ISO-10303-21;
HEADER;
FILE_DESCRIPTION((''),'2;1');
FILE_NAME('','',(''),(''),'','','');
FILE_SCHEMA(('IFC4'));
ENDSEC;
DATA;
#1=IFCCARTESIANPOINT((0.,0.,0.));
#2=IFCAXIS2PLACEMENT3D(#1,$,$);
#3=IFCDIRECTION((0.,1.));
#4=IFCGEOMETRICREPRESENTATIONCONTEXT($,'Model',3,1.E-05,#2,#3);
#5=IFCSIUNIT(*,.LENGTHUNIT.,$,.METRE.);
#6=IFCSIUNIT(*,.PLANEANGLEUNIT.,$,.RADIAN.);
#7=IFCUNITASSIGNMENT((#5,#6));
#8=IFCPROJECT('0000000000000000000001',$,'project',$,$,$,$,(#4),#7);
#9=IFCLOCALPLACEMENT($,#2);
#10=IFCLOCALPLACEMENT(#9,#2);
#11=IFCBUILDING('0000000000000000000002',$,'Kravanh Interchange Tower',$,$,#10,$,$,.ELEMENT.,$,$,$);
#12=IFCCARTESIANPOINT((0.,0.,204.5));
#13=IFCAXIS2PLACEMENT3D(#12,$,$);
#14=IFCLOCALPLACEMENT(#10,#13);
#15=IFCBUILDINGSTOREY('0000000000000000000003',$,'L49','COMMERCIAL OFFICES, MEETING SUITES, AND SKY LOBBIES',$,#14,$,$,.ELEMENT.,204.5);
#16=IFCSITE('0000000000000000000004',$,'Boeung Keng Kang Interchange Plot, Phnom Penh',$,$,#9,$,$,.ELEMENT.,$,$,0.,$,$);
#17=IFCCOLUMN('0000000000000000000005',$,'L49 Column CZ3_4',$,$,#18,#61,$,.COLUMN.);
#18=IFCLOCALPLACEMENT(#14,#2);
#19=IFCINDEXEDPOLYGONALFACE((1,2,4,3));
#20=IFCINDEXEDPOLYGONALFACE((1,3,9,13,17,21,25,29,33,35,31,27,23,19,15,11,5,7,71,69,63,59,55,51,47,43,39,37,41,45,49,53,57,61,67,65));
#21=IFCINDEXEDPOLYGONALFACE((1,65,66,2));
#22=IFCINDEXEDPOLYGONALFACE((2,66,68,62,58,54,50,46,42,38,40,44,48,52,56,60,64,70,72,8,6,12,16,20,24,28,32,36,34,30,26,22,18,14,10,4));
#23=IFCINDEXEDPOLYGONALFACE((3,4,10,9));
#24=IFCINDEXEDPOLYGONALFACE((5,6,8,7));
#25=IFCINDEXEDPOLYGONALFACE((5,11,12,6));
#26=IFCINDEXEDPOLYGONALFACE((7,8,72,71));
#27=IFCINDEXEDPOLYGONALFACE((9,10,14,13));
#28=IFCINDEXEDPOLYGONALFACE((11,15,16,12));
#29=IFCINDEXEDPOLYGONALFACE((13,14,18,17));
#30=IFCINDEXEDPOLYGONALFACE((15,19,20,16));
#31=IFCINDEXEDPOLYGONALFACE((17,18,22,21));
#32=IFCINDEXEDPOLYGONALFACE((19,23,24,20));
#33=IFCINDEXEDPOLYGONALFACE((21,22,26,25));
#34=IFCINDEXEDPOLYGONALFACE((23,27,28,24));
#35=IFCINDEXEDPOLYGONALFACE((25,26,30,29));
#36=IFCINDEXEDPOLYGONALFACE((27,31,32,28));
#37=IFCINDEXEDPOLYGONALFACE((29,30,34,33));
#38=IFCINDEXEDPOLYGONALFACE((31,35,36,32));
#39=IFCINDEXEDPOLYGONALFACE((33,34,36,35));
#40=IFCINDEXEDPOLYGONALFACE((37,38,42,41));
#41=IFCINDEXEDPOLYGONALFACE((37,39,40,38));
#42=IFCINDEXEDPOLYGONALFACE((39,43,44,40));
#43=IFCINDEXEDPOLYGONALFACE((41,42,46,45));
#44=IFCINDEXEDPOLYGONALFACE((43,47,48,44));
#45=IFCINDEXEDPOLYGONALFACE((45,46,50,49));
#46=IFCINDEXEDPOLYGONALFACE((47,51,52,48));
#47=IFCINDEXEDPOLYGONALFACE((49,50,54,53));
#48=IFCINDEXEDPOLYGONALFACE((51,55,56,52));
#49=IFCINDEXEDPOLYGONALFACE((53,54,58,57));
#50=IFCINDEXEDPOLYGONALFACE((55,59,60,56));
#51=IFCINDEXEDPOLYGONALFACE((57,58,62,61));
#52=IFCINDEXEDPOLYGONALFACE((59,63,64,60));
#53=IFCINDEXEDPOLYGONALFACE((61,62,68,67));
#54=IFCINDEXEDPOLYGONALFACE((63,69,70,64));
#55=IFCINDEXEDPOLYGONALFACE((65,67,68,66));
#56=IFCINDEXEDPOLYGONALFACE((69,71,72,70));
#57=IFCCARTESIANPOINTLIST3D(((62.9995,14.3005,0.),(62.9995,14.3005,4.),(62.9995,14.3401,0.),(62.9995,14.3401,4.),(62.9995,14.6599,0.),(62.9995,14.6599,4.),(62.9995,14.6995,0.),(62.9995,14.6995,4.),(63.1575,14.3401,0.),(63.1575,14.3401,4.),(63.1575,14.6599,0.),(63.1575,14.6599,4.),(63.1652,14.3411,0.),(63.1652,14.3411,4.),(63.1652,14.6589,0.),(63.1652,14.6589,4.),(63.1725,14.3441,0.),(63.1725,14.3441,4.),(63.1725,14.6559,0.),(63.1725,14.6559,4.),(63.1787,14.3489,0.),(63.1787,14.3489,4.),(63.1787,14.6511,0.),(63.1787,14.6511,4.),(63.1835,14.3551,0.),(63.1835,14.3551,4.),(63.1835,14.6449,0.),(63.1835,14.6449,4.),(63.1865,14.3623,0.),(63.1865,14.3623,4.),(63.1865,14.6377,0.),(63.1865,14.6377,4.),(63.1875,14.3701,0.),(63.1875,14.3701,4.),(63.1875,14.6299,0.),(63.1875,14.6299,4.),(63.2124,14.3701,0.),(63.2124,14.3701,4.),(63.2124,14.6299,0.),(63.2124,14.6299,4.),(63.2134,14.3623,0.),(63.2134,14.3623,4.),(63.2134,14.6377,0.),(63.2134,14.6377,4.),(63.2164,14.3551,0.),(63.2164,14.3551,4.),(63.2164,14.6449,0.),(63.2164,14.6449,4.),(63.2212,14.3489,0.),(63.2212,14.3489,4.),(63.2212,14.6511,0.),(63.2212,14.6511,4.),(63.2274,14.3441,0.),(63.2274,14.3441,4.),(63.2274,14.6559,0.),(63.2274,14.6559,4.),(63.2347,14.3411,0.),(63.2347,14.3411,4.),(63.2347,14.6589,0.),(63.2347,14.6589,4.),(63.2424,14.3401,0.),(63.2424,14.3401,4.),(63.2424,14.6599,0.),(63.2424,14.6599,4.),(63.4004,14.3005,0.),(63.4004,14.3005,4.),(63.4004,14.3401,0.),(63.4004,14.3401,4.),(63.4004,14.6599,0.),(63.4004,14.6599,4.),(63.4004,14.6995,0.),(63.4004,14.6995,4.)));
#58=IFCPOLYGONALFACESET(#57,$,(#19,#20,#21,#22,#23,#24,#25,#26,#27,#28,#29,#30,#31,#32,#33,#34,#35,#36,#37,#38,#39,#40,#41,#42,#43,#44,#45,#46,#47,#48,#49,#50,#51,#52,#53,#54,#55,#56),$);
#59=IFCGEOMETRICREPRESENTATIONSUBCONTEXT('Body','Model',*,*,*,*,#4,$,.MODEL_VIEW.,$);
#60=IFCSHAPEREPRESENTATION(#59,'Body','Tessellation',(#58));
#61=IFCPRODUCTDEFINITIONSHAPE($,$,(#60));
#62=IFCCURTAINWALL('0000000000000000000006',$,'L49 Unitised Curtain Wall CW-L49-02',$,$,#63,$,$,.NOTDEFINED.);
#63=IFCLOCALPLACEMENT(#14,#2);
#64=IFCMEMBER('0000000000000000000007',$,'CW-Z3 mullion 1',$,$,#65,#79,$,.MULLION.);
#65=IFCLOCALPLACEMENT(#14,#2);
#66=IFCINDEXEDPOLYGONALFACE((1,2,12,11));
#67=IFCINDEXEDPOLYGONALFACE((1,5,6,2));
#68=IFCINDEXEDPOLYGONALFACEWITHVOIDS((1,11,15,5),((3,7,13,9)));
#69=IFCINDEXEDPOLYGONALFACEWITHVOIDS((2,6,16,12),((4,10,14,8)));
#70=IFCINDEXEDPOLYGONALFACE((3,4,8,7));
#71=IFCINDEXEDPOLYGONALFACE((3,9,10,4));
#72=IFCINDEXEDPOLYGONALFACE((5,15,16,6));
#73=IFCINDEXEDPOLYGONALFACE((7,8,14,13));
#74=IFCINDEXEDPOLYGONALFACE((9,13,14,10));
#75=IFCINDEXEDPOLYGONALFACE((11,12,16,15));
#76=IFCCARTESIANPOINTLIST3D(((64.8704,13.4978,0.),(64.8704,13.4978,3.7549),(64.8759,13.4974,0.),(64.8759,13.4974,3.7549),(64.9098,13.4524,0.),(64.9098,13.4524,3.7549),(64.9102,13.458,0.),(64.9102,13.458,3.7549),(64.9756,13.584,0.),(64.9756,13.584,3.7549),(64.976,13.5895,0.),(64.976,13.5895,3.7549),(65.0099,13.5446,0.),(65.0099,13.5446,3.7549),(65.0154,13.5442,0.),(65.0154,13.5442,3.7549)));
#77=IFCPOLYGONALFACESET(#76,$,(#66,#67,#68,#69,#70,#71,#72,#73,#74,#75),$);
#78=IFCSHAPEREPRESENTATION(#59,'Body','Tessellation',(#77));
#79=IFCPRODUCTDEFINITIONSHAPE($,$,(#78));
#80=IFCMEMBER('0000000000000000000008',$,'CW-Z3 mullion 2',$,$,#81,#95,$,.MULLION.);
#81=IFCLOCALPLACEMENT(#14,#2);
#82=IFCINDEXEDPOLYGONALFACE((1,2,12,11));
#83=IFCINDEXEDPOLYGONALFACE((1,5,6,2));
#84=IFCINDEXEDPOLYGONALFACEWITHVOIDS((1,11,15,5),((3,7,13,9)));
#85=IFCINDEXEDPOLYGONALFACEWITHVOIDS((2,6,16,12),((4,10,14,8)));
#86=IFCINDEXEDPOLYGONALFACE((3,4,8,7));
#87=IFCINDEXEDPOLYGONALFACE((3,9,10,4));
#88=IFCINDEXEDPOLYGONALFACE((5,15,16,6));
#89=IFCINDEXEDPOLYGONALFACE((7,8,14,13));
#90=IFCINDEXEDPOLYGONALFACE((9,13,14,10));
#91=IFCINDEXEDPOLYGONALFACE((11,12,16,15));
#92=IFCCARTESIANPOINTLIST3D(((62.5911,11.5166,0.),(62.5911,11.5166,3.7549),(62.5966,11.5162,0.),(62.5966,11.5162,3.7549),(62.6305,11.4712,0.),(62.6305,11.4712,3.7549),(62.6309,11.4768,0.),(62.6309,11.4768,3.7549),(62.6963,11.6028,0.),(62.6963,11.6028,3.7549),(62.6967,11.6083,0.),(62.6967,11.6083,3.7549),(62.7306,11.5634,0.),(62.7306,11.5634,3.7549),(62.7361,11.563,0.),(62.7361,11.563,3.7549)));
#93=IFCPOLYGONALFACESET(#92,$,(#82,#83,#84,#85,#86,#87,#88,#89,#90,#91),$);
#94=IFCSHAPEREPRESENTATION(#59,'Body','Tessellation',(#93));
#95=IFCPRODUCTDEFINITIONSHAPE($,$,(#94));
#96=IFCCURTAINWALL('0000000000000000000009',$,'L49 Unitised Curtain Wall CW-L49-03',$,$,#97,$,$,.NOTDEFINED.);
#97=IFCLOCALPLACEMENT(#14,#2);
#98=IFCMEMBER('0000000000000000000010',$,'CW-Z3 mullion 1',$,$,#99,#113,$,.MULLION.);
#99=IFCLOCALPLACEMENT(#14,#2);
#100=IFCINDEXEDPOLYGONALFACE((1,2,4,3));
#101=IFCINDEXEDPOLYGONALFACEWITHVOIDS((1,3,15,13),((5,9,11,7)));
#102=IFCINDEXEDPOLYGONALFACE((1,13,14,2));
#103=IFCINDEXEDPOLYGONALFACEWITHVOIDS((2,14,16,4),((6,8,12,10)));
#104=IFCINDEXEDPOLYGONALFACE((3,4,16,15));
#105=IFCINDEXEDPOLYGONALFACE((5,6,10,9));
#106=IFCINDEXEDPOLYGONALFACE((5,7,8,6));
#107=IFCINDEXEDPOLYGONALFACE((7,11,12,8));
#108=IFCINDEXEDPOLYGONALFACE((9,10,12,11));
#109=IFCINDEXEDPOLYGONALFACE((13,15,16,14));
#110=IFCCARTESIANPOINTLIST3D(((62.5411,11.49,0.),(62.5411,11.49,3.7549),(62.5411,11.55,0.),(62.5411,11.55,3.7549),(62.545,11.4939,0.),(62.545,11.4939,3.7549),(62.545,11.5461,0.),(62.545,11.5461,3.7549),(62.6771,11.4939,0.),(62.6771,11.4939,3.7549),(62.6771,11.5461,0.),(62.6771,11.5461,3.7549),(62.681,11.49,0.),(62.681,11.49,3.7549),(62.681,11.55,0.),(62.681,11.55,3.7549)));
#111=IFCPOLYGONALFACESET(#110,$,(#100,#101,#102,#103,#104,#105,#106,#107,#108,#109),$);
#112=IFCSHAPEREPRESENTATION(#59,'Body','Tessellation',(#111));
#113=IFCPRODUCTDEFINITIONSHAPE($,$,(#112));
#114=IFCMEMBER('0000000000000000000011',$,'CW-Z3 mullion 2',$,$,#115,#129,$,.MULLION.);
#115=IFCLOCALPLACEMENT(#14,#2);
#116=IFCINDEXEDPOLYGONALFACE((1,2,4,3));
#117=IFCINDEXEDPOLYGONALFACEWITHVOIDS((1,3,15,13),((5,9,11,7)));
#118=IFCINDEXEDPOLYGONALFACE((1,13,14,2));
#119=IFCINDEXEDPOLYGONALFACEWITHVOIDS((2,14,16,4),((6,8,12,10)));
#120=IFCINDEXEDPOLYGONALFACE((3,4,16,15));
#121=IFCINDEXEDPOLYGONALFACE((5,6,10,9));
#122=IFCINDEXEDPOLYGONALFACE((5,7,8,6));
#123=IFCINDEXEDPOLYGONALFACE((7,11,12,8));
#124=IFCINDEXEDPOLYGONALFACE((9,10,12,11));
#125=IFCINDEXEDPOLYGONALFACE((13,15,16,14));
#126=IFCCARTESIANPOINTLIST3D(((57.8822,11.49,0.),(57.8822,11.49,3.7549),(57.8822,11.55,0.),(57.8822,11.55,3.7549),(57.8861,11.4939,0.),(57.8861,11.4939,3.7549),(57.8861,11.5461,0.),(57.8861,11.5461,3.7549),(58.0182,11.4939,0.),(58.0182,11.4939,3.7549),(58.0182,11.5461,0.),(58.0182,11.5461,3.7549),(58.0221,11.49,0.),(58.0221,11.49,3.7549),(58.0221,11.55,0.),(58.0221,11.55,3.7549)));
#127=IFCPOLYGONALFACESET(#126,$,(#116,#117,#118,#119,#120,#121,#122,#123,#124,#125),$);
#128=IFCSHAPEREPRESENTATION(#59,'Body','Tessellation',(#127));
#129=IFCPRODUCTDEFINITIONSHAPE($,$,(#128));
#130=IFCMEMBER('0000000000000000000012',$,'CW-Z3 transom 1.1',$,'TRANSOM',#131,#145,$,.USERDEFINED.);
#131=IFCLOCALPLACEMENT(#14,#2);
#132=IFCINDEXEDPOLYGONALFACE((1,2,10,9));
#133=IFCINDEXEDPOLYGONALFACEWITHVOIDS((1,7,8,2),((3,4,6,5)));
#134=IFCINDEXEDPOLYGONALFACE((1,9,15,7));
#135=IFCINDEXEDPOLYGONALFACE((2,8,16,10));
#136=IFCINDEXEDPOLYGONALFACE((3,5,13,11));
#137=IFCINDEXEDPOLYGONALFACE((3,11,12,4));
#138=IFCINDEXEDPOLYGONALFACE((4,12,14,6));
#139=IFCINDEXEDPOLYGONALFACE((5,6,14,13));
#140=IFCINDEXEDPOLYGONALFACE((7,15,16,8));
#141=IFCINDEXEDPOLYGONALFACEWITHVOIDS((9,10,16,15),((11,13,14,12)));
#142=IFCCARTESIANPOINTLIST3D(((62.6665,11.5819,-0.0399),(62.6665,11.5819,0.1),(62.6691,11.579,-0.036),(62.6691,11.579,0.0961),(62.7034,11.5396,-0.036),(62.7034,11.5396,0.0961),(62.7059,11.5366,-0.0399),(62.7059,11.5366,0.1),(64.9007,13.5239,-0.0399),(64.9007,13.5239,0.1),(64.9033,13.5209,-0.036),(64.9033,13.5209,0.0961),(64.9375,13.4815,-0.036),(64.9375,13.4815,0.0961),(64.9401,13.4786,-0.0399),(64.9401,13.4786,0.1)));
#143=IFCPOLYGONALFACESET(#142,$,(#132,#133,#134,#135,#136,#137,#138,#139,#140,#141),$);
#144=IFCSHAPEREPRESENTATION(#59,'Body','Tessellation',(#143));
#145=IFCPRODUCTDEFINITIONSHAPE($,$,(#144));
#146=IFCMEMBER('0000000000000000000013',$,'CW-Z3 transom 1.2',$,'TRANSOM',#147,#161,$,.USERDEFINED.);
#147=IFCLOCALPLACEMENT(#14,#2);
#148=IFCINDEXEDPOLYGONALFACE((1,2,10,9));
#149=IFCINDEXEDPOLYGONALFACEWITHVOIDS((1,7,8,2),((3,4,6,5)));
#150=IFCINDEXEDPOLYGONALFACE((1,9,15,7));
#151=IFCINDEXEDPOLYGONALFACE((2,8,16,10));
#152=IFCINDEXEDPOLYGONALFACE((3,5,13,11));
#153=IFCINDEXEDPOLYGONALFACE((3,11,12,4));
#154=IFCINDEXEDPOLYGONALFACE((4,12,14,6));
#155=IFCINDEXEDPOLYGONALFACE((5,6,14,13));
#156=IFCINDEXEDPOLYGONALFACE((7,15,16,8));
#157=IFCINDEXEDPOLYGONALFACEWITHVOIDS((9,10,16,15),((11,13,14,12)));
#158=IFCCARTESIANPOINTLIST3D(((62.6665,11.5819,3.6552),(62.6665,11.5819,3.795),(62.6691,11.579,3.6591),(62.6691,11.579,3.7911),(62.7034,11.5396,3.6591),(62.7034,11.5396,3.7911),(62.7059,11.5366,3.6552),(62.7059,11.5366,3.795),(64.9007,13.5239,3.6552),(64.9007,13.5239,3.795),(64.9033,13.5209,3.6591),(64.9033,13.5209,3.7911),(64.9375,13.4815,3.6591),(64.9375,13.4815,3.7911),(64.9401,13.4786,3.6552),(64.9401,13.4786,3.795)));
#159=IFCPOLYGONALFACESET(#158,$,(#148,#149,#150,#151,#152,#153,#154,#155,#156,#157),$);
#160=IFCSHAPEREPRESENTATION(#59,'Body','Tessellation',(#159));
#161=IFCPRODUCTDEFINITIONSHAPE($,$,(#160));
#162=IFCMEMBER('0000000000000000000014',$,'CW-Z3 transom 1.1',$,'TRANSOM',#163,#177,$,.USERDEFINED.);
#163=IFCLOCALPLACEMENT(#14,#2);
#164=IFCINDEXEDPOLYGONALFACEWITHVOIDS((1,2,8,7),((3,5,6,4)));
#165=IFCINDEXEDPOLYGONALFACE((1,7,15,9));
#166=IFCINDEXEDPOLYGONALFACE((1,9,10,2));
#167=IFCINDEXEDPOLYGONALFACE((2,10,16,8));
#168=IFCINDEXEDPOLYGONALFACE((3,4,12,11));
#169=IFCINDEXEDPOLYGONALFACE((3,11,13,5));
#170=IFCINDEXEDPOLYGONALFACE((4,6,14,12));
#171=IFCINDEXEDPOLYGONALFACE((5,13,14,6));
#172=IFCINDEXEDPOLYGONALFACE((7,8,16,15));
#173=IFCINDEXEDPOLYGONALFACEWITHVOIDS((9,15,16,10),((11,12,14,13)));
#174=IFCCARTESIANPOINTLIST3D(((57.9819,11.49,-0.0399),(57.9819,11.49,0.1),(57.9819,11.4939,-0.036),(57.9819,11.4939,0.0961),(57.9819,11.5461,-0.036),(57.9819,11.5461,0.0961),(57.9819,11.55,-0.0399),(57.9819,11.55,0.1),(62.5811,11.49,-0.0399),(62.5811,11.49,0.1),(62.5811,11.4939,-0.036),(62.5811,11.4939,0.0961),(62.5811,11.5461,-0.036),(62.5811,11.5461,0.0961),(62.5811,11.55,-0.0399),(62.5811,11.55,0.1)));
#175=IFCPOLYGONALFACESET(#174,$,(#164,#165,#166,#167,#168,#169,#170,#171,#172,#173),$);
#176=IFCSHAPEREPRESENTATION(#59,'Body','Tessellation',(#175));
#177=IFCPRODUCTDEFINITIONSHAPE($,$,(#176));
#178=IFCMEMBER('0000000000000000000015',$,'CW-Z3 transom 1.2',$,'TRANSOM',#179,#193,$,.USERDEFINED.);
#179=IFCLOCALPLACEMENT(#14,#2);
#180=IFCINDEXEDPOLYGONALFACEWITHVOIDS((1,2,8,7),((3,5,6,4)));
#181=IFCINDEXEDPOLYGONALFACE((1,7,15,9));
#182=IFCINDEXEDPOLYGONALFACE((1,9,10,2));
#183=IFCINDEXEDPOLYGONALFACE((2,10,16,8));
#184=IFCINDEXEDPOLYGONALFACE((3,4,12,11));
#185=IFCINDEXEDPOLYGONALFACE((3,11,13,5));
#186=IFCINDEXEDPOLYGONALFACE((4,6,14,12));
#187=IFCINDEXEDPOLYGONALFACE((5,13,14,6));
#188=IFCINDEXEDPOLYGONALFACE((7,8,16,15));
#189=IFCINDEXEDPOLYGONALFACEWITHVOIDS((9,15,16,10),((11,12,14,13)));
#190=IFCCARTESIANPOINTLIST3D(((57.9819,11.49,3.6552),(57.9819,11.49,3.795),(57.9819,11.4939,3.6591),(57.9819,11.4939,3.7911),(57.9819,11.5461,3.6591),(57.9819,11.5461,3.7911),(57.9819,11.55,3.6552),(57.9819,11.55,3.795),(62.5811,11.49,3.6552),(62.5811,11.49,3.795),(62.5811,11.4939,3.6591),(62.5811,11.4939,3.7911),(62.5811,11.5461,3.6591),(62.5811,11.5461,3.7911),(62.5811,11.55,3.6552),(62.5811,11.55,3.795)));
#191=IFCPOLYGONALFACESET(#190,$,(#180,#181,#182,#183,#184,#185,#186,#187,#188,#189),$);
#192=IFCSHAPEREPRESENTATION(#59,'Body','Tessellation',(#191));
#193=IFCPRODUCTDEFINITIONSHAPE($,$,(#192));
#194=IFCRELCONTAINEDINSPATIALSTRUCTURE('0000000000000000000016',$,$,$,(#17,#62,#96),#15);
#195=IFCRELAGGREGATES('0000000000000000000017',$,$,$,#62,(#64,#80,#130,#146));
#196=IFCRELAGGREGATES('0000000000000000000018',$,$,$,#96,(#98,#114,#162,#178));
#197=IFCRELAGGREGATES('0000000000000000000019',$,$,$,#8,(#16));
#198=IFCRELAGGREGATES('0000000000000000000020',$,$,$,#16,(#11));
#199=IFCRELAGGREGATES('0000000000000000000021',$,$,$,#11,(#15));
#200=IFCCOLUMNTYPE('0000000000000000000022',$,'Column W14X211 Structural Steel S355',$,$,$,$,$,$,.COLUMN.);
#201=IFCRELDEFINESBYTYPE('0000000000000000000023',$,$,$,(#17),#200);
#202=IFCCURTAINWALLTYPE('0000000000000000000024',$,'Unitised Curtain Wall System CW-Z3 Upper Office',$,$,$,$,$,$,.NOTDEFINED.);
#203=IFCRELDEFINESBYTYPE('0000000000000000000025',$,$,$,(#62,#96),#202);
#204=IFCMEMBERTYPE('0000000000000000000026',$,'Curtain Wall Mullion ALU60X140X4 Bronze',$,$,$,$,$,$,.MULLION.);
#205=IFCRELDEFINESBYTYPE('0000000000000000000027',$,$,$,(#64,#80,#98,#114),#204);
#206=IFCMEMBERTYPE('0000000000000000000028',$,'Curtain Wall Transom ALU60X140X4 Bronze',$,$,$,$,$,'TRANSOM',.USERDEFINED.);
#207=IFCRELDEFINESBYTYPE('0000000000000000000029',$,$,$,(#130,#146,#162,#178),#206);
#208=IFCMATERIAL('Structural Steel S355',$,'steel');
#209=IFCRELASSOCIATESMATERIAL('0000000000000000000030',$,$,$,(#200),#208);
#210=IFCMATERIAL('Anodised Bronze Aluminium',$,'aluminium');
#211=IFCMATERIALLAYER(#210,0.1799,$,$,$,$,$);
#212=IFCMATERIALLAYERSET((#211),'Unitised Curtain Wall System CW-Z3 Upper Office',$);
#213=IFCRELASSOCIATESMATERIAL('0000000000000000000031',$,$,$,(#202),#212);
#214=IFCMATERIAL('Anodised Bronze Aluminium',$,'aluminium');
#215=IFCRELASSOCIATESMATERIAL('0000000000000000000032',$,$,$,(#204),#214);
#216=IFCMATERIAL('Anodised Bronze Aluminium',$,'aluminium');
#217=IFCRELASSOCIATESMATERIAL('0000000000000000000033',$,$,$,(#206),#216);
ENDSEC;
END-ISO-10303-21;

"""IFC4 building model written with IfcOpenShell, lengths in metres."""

from ifc_helpers import new_model, si_unit, direction, frame, origin, origin_2d, place, context, subcontext, project, spatial, hollow_rectangle, i_section, extrude, material, layer, layer_set, material_profile, profile_set, type_object, element, aggregate, save


model = new_model("IFC4")

# Units and contexts
model_context = context("Model", 3, precision=1e-05, world=origin(), true_north=direction((0.0, 1.0)))
body_context = subcontext(model_context, "Body", "Model", "MODEL_VIEW")
ifc_project = project(units=[si_unit("LENGTHUNIT", "METRE"), si_unit("PLANEANGLEUNIT", "RADIAN")], contexts=[model_context])

# Site, building, storey
site_placement = place(None, origin())
site = spatial("IfcSite", under=ifc_project, at=site_placement, Name="Boeung Keng Kang Interchange Plot, Phnom Penh", CompositionType="ELEMENT", RefElevation=0.0)
building_placement = place(site_placement, origin())
building = spatial("IfcBuilding", under=site, at=building_placement, Name="Kravanh Interchange Tower", CompositionType="ELEMENT")
storey_placement = place(building_placement, frame((0.0, 0.0, 204.5)))
storey = spatial("IfcBuildingStorey", under=building, at=storey_placement, Name="L49", Description="COMMERCIAL OFFICES, MEETING SUITES, AND SKY LOBBIES", CompositionType="ELEMENT", Elevation=204.5)

# Column
ifc_material_1 = material(Name="Structural Steel S355", Category="steel")
ifc_material_profile_1 = material_profile(ifc_material_1, i_section(OverallWidth=0.4009, OverallDepth=0.3989, WebThickness=0.0249, FlangeThickness=0.0396, FilletRadius=0.03, at=origin_2d()), Name="W14X211")
ifc_profile_set_1 = profile_set([ifc_material_profile_1], Name="Structural Steel S355")
column_type = type_object("IfcColumnType", Name="Column W14X211 Structural Steel S355", PredefinedType="COLUMN", material=ifc_profile_set_1)
column_placement = place(storey_placement, frame((63.2, 14.5, 0.0), z_axis=(0.0, 0.0, 1.0), x_axis=(1.0, 0.0, 0.0)))
element("IfcColumn", 1, at=column_placement, inside=storey, type_object=column_type, Name="L49 Column CZ3_4", PredefinedType="COLUMN", context=body_context, shape_type="SweptSolid", body=[
    extrude(i_section(OverallWidth=0.4009, OverallDepth=0.3989, WebThickness=0.0249, FlangeThickness=0.0396, FilletRadius=0.03, at=origin_2d()), origin(), (0.0, 0.0, 1.0), 4.0),
])

# Curtain walls, members
ifc_material_2 = material(Name="Anodised Bronze Aluminium", Category="aluminium")
ifc_layer_1 = layer(ifc_material_2, 0.1799)
ifc_layer_set_1 = layer_set([ifc_layer_1], Name="Unitised Curtain Wall System CW-Z3 Upper Office")
curtain_wall_type = type_object("IfcCurtainWallType", Name="Unitised Curtain Wall System CW-Z3 Upper Office", PredefinedType="NOTDEFINED", material=ifc_layer_set_1)
curtain_wall_1_placement = place(storey_placement, origin())
curtain_wall_1 = element("IfcCurtainWall", 2, at=curtain_wall_1_placement, inside=storey, type_object=curtain_wall_type, Name="L49 Unitised Curtain Wall CW-L49-02", PredefinedType="NOTDEFINED")
ifc_material_3 = material(Name="Anodised Bronze Aluminium", Category="aluminium")
ifc_material_profile_2 = material_profile(ifc_material_3, hollow_rectangle(XDim=0.0601, YDim=0.1399, WallThickness=0.0039, at=origin_2d()), Name="ALU60X140X4")
ifc_profile_set_2 = profile_set([ifc_material_profile_2], Name="Anodised Bronze Aluminium")
member_type_1 = type_object("IfcMemberType", Name="Curtain Wall Mullion ALU60X140X4 Bronze", PredefinedType="MULLION", material=ifc_profile_set_2)
member_1_placement = place(storey_placement, frame((64.9429, 13.521, 0.0), z_axis=(0.0, 0.0, 1.0), x_axis=(0.656051, -0.754717, 0.0)))
member_1 = element("IfcMember", 3, at=member_1_placement, type_object=member_type_1, Name="CW-Z3 mullion 1", PredefinedType="MULLION", context=body_context, shape_type="SweptSolid", body=[
    extrude(hollow_rectangle(XDim=0.0601, YDim=0.1399, WallThickness=0.0039, at=origin_2d()), origin(), (0.0, 0.0, 1.0), 3.7549),
])
member_2_placement = place(storey_placement, frame((62.6636, 11.5398, 0.0), z_axis=(0.0, 0.0, 1.0), x_axis=(0.656051, -0.754717, 0.0)))
member_2 = element("IfcMember", 4, at=member_2_placement, type_object=member_type_1, Name="CW-Z3 mullion 2", PredefinedType="MULLION", context=body_context, shape_type="SweptSolid", body=[
    extrude(hollow_rectangle(XDim=0.0601, YDim=0.1399, WallThickness=0.0039, at=origin_2d()), origin(), (0.0, 0.0, 1.0), 3.7549),
])
curtain_wall_2_placement = place(storey_placement, origin())
curtain_wall_2 = element("IfcCurtainWall", 5, at=curtain_wall_2_placement, inside=storey, type_object=curtain_wall_type, Name="L49 Unitised Curtain Wall CW-L49-03", PredefinedType="NOTDEFINED")
member_3_placement = place(storey_placement, frame((62.6111, 11.52, 0.0), z_axis=(0.0, 0.0, 1.0), x_axis=(0.0, -1.0, 0.0)))
member_3 = element("IfcMember", 6, at=member_3_placement, type_object=member_type_1, Name="CW-Z3 mullion 1", PredefinedType="MULLION", context=body_context, shape_type="SweptSolid", body=[
    extrude(hollow_rectangle(XDim=0.0601, YDim=0.1399, WallThickness=0.0039, at=origin_2d()), origin(), (0.0, 0.0, 1.0), 3.7549),
])
member_4_placement = place(storey_placement, frame((57.9521, 11.52, 0.0), z_axis=(0.0, 0.0, 1.0), x_axis=(0.0, -1.0, 0.0)))
member_4 = element("IfcMember", 7, at=member_4_placement, type_object=member_type_1, Name="CW-Z3 mullion 2", PredefinedType="MULLION", context=body_context, shape_type="SweptSolid", body=[
    extrude(hollow_rectangle(XDim=0.0601, YDim=0.1399, WallThickness=0.0039, at=origin_2d()), origin(), (0.0, 0.0, 1.0), 3.7549),
])

# Members
ifc_material_4 = material(Name="Anodised Bronze Aluminium", Category="aluminium")
ifc_material_profile_3 = material_profile(ifc_material_4, hollow_rectangle(XDim=0.0601, YDim=0.1399, WallThickness=0.0039, at=origin_2d()), Name="ALU60X140X4")
ifc_profile_set_3 = profile_set([ifc_material_profile_3], Name="Anodised Bronze Aluminium")
member_type_2 = type_object("IfcMemberType", Name="Curtain Wall Transom ALU60X140X4 Bronze", ElementType="TRANSOM", PredefinedType="USERDEFINED", material=ifc_profile_set_3)
member_5_placement = place(storey_placement, frame((64.9204, 13.5012, 0.03), z_axis=(-0.754744, -0.656019, 0.0), x_axis=(0.656019, -0.754744, 0.0)))
member_5 = element("IfcMember", 8, at=member_5_placement, type_object=member_type_2, Name="CW-Z3 transom 1.1", ObjectType="TRANSOM", PredefinedType="USERDEFINED", context=body_context, shape_type="SweptSolid", body=[
    extrude(hollow_rectangle(XDim=0.0601, YDim=0.1399, WallThickness=0.0039, at=origin_2d()), origin(), (0.0, 0.0, 1.0), 2.9602),
])
member_6_placement = place(storey_placement, frame((64.9204, 13.5012, 3.7251), z_axis=(-0.754744, -0.656019, 0.0), x_axis=(0.656019, -0.754744, 0.0)))
member_6 = element("IfcMember", 9, at=member_6_placement, type_object=member_type_2, Name="CW-Z3 transom 1.2", ObjectType="TRANSOM", PredefinedType="USERDEFINED", context=body_context, shape_type="SweptSolid", body=[
    extrude(hollow_rectangle(XDim=0.0601, YDim=0.1399, WallThickness=0.0039, at=origin_2d()), origin(), (0.0, 0.0, 1.0), 2.9602),
])
member_7_placement = place(storey_placement, frame((62.5811, 11.52, 0.03), z_axis=(-1.0, 0.0, 0.0), x_axis=(0.0, -1.0, 0.0)))
member_7 = element("IfcMember", 10, at=member_7_placement, type_object=member_type_2, Name="CW-Z3 transom 1.1", ObjectType="TRANSOM", PredefinedType="USERDEFINED", context=body_context, shape_type="SweptSolid", body=[
    extrude(hollow_rectangle(XDim=0.0601, YDim=0.1399, WallThickness=0.0039, at=origin_2d()), origin(), (0.0, 0.0, 1.0), 4.5991),
])
member_8_placement = place(storey_placement, frame((62.5811, 11.52, 3.7251), z_axis=(-1.0, 0.0, 0.0), x_axis=(0.0, -1.0, 0.0)))
member_8 = element("IfcMember", 11, at=member_8_placement, type_object=member_type_2, Name="CW-Z3 transom 1.2", ObjectType="TRANSOM", PredefinedType="USERDEFINED", context=body_context, shape_type="SweptSolid", body=[
    extrude(hollow_rectangle(XDim=0.0601, YDim=0.1399, WallThickness=0.0039, at=origin_2d()), origin(), (0.0, 0.0, 1.0), 4.5991),
])

aggregate(curtain_wall_1, [member_1, member_2, member_5, member_6])
aggregate(curtain_wall_2, [member_3, member_4, member_7, member_8])

save(model, "model.ifc")
